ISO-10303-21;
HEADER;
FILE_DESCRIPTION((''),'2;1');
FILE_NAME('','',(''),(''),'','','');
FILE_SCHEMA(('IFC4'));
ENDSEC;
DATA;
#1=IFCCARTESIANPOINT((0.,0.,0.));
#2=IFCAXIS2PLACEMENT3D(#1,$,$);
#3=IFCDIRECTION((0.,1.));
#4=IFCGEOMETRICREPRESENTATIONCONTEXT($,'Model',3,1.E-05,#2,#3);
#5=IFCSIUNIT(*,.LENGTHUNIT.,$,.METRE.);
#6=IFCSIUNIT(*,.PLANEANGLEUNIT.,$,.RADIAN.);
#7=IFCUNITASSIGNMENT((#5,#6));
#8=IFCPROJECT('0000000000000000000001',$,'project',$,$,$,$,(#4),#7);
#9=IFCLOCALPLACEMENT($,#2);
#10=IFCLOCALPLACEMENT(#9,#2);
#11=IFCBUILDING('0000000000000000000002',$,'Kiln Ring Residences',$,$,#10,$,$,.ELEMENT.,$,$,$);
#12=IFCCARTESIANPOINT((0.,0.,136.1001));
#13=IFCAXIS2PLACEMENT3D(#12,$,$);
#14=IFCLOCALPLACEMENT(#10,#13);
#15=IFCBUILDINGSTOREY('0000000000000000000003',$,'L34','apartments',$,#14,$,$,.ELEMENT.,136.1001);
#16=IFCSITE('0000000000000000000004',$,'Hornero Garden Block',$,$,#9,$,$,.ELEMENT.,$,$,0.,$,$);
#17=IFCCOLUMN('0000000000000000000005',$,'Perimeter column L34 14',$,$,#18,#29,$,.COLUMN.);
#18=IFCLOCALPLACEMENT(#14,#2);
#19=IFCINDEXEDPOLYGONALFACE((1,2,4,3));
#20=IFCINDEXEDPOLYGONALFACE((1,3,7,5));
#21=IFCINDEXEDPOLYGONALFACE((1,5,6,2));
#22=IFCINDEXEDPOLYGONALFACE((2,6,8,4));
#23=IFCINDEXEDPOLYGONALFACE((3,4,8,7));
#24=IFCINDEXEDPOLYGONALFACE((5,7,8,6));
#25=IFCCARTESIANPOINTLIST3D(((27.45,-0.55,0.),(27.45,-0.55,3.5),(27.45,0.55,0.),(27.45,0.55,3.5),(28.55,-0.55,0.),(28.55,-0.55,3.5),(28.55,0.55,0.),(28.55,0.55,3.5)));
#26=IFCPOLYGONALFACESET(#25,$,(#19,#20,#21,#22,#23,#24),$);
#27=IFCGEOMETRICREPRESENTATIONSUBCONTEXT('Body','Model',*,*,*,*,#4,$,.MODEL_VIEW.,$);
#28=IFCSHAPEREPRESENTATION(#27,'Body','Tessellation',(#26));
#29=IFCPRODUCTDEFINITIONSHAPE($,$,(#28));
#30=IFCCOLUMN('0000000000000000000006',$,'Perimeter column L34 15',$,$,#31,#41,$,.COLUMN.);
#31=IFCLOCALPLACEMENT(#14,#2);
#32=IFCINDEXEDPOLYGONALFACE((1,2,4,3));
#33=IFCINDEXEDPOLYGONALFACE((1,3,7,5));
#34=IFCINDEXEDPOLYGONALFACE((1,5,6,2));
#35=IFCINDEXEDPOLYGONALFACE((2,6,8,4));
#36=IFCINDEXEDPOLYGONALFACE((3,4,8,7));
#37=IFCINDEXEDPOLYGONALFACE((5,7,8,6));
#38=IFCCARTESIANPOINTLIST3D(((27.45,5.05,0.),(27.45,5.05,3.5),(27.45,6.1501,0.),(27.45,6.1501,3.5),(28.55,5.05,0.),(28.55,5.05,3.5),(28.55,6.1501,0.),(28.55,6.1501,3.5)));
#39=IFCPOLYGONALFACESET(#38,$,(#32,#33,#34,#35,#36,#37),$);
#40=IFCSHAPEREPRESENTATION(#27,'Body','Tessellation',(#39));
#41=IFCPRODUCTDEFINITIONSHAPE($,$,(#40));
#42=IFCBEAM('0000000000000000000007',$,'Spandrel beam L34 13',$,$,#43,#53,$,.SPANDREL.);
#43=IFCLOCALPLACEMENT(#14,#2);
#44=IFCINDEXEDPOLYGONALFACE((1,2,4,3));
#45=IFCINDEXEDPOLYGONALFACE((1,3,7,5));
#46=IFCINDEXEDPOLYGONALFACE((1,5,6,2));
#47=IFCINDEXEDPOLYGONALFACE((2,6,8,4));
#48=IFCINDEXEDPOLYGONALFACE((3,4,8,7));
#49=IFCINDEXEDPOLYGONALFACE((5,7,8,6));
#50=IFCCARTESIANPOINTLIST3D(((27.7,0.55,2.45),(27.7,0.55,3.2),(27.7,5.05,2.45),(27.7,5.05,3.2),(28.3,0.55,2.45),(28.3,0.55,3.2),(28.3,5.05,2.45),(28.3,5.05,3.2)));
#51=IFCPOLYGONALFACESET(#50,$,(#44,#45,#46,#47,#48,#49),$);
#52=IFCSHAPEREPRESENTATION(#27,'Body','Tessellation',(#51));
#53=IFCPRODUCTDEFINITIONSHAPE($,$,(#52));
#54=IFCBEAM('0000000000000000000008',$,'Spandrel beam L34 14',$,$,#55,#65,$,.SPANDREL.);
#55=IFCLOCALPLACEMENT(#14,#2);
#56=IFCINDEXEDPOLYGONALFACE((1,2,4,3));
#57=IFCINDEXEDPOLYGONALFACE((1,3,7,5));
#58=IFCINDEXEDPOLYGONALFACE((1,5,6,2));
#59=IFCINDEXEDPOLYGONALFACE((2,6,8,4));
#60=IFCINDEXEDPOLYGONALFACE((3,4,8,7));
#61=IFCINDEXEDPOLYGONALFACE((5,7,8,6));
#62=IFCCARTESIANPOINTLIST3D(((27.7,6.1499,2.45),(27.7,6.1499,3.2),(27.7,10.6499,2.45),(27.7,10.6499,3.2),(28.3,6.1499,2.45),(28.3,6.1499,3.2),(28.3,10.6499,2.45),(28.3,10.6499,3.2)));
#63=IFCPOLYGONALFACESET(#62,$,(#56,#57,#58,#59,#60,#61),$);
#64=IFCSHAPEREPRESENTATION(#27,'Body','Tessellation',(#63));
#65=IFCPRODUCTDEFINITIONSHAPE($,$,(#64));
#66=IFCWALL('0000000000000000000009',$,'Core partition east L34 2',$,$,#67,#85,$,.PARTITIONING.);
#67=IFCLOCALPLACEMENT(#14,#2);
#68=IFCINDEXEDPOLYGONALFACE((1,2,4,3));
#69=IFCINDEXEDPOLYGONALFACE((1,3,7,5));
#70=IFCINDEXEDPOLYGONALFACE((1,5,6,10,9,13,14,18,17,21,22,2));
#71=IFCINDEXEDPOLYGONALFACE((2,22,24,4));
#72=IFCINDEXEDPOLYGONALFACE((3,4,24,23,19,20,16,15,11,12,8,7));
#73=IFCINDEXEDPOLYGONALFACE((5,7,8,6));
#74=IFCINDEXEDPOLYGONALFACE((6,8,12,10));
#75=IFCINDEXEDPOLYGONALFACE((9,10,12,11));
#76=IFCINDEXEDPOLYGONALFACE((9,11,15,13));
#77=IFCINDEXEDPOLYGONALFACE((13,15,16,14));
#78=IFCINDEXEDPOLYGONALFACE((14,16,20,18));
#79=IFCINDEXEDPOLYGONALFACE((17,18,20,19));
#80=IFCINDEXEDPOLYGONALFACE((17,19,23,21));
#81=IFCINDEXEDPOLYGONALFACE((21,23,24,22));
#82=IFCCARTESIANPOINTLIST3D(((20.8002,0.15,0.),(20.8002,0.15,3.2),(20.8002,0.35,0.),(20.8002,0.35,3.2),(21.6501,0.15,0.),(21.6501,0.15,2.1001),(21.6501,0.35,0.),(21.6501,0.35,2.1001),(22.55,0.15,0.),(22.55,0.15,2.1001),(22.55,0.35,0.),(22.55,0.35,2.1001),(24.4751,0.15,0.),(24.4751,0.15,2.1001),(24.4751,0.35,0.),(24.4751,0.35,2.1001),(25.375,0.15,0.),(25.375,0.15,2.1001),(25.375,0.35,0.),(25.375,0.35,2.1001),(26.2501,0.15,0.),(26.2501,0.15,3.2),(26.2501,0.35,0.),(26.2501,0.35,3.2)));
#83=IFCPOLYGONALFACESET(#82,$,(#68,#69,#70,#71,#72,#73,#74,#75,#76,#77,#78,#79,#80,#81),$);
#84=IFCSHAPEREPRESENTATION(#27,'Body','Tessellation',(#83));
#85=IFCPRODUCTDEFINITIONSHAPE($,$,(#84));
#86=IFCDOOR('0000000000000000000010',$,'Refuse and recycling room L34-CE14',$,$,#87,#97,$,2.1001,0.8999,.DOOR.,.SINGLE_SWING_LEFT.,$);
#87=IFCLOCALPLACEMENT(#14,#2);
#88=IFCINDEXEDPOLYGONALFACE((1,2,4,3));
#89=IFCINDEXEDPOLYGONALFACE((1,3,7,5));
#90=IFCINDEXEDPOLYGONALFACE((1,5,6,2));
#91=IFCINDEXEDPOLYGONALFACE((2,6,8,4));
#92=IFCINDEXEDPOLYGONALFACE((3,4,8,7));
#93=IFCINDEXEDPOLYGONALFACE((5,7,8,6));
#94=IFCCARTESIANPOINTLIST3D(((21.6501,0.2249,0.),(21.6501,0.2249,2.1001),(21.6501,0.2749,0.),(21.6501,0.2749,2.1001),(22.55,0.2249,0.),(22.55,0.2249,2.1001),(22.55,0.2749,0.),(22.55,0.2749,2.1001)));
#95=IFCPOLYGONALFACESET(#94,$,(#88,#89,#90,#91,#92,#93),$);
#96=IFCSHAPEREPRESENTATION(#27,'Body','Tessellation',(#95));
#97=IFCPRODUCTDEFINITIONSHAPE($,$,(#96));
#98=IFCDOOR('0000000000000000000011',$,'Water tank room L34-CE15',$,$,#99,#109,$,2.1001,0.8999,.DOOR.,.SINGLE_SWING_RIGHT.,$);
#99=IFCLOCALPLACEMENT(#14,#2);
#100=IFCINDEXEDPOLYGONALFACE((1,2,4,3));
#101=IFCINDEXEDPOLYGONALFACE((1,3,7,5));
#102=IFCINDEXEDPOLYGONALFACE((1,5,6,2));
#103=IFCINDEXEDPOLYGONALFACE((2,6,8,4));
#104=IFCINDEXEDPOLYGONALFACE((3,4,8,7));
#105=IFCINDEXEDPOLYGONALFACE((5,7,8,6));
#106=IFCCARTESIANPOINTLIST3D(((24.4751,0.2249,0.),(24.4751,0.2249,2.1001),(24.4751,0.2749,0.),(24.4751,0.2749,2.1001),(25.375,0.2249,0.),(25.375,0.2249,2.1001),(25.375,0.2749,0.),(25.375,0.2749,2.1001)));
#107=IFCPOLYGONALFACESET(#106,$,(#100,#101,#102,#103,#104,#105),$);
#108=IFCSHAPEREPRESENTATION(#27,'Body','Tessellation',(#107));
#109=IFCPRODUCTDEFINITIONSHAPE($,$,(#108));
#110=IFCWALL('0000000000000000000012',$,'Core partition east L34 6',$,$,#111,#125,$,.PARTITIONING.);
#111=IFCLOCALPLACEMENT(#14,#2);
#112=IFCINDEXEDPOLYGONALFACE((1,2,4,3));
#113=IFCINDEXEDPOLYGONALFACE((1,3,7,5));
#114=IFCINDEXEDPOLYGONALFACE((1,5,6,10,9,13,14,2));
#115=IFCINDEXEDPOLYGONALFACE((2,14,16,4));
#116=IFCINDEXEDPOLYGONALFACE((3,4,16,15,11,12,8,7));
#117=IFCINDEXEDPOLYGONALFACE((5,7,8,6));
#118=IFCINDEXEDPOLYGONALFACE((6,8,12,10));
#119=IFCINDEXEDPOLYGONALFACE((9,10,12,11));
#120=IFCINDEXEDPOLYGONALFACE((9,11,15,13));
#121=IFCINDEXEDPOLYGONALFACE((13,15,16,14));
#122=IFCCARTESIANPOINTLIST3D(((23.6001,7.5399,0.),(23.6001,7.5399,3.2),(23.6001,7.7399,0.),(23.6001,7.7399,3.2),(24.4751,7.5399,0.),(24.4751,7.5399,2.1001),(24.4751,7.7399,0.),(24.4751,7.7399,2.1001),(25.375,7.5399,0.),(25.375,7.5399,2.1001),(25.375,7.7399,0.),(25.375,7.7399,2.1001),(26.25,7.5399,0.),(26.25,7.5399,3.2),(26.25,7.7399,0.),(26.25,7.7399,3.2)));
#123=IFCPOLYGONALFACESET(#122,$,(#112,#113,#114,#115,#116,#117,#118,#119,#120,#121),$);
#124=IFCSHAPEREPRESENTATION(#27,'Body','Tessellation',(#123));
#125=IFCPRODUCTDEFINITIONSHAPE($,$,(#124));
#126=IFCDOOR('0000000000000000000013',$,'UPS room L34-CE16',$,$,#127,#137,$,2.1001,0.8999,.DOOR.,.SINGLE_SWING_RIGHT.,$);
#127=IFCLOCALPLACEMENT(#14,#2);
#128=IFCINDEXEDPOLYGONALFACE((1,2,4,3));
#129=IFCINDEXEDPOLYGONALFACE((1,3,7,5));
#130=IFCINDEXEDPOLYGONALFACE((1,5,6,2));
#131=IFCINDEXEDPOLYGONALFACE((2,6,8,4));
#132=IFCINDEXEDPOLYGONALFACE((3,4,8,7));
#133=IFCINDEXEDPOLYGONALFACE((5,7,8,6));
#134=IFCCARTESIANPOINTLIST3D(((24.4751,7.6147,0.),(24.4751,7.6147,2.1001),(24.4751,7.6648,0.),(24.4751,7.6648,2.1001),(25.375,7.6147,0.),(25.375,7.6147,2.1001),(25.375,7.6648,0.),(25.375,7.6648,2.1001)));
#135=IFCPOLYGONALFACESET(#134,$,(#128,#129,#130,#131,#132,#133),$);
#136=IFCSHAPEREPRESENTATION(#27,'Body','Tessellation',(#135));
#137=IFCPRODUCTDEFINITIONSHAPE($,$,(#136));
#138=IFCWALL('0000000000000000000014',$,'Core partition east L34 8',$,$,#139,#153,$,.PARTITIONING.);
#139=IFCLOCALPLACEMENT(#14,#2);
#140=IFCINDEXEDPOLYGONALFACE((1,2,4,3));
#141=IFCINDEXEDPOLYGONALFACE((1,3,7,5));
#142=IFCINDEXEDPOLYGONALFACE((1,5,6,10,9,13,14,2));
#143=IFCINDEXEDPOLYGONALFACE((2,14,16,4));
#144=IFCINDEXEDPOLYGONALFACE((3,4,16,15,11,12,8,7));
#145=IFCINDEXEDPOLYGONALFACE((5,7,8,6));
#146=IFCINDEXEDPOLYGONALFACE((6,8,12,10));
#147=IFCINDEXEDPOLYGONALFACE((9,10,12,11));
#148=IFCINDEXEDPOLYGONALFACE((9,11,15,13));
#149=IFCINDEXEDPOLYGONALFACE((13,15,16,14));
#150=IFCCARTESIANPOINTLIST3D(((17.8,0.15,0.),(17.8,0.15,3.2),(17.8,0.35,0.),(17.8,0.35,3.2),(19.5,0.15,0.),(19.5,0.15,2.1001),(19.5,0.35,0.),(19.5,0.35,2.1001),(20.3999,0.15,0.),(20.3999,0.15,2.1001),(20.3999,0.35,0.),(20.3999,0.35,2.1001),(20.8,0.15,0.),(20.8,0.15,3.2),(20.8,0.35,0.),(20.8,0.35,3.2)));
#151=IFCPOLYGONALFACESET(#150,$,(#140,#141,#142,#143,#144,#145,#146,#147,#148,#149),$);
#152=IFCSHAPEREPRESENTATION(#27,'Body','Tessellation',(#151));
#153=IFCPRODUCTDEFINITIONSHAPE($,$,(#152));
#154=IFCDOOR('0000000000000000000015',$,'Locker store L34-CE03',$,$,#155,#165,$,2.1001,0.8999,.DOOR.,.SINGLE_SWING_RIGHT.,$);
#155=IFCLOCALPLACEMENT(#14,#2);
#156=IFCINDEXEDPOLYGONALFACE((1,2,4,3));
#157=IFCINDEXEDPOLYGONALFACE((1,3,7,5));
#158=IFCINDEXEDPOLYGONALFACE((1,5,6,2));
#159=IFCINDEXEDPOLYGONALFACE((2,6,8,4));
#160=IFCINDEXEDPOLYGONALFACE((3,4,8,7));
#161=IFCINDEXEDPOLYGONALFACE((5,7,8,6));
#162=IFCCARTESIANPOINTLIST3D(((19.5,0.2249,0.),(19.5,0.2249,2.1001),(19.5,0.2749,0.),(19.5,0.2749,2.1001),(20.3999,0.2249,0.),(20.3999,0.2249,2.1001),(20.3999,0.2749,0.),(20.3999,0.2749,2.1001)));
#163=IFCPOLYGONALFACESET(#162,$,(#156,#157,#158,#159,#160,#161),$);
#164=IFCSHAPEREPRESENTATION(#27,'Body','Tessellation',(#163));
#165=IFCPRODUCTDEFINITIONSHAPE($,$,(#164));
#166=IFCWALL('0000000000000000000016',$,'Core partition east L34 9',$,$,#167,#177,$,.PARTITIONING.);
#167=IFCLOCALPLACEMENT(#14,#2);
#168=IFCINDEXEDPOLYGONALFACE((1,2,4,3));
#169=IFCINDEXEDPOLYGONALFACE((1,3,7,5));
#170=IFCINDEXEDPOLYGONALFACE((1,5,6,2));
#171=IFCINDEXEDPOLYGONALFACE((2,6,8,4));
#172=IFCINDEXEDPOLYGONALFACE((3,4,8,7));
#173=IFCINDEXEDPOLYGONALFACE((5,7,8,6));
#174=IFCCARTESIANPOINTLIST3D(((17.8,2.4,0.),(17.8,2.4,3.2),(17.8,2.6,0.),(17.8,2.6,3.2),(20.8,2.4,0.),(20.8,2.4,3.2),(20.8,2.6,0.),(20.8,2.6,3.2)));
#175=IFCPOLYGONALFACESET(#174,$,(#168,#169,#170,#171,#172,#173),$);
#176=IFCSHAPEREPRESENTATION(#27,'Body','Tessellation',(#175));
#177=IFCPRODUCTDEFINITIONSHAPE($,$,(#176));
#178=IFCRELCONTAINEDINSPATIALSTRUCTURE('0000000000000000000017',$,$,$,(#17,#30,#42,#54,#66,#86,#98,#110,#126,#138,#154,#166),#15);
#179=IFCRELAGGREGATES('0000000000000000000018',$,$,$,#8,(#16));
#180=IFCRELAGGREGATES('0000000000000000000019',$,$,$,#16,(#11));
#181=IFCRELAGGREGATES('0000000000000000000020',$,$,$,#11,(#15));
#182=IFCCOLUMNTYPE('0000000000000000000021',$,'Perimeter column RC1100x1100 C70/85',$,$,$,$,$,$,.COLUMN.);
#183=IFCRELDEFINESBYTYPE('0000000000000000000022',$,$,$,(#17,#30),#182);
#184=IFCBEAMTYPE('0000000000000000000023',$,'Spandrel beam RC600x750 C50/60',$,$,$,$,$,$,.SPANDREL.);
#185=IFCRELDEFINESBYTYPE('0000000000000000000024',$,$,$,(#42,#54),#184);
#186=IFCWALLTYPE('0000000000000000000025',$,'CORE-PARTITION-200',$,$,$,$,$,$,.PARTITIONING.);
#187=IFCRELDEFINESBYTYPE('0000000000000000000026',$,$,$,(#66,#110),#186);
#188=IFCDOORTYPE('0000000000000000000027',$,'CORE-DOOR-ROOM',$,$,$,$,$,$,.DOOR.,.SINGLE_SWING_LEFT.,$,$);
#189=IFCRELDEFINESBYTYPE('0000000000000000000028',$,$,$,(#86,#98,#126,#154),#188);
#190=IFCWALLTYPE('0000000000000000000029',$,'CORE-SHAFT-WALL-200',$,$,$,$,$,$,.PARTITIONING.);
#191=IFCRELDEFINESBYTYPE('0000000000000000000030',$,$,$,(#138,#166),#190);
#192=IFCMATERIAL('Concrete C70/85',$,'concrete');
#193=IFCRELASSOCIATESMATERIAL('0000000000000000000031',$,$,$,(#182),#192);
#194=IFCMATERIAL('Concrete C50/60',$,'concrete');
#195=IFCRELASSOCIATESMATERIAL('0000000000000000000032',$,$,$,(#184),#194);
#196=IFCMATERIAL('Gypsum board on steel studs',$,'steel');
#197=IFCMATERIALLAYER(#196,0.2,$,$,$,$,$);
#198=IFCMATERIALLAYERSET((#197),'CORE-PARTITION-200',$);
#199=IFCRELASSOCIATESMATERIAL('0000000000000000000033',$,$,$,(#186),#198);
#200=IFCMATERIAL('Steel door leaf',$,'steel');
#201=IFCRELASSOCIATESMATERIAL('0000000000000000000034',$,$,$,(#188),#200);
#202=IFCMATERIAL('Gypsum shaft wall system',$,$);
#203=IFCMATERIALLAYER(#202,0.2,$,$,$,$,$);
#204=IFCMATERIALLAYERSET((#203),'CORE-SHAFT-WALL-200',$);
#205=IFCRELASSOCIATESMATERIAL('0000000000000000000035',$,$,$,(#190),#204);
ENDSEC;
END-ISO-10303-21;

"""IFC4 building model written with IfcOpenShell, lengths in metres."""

from ifc_helpers import new_model, si_unit, direction, frame, frame_2d, origin, origin_2d, place, context, subcontext, project, spatial, rectangle, extrude, material, layer, layer_set, material_profile, profile_set, type_object, element, fill, save


model = new_model("IFC4")

# Units and contexts
model_context = context("Model", 3, precision=1e-05, world=origin(), true_north=direction((0.0, 1.0)))
body_context = subcontext(model_context, "Body", "Model", "MODEL_VIEW")
ifc_project = project(units=[si_unit("LENGTHUNIT", "METRE"), si_unit("PLANEANGLEUNIT", "RADIAN")], contexts=[model_context])

# Site, building, storey
site_placement = place(None, origin())
site = spatial("IfcSite", under=ifc_project, at=site_placement, Name="Hornero Garden Block", CompositionType="ELEMENT", RefElevation=0.0)
building_placement = place(site_placement, origin())
building = spatial("IfcBuilding", under=site, at=building_placement, Name="Kiln Ring Residences", CompositionType="ELEMENT")
storey_placement = place(building_placement, frame((0.0, 0.0, 136.1001)))
storey = spatial("IfcBuildingStorey", under=building, at=storey_placement, Name="L34", Description="apartments", CompositionType="ELEMENT", Elevation=136.1001)

# Columns
ifc_material_1 = material(Name="Concrete C70/85", Category="concrete")
ifc_material_profile_1 = material_profile(ifc_material_1, rectangle(XDim=1.1001, YDim=1.1001, at=origin_2d()), Name="RC1100x1100")
ifc_profile_set_1 = profile_set([ifc_material_profile_1], Name="Concrete C70/85")
column_type = type_object("IfcColumnType", Name="Perimeter column RC1100x1100 C70/85", PredefinedType="COLUMN", material=ifc_profile_set_1)
for number, where, z_axis, x_axis, name in (
    (1, (28.0, 0.0, 0.0), (0.0, 0.0, 1.0), (1.0, 0.0, 0.0), "Perimeter column L34 14"),
    (2, (28.0, 5.6001, 0.0), (0.0, 0.0, 1.0), (1.0, 0.0, 0.0), "Perimeter column L34 15"),
):
    element("IfcColumn", number, at=place(storey_placement, frame(where, z_axis=z_axis, x_axis=x_axis)), inside=storey, type_object=column_type, Name=name, PredefinedType="COLUMN", context=body_context, shape_type="SweptSolid", body=[
        extrude(rectangle(XDim=1.1001, YDim=1.1001, at=origin_2d()), origin(), (0.0, 0.0, 1.0), 3.5),
    ])

# Beams
ifc_material_2 = material(Name="Concrete C50/60", Category="concrete")
ifc_material_profile_2 = material_profile(ifc_material_2, rectangle(XDim=0.6001, YDim=0.75, at=origin_2d()), Name="RC600x750")
ifc_profile_set_2 = profile_set([ifc_material_profile_2], Name="Concrete C50/60")
beam_type = type_object("IfcBeamType", Name="Spandrel beam RC600x750 C50/60", PredefinedType="SPANDREL", material=ifc_profile_set_2)
for number, where, z_axis, x_axis, name in (
    (3, (28.0, 0.55, 2.825), (0.0, 1.0, 0.0), (-1.0, 0.0, 0.0), "Spandrel beam L34 13"),
    (4, (28.0, 6.1499, 2.825), (0.0, 1.0, 0.0), (-1.0, 0.0, 0.0), "Spandrel beam L34 14"),
):
    element("IfcBeam", number, at=place(storey_placement, frame(where, z_axis=z_axis, x_axis=x_axis)), inside=storey, type_object=beam_type, Name=name, PredefinedType="SPANDREL", context=body_context, shape_type="SweptSolid", body=[
        extrude(rectangle(XDim=0.6001, YDim=0.75, at=origin_2d()), origin(), (0.0, 0.0, 1.0), 4.5),
    ])

# Wall, openings, doors
ifc_material_3 = material(Name="Gypsum board on steel studs", Category="steel")
ifc_layer_1 = layer(ifc_material_3, 0.2)
ifc_layer_set_1 = layer_set([ifc_layer_1], Name="CORE-PARTITION-200")
wall_type_1 = type_object("IfcWallType", Name="CORE-PARTITION-200", PredefinedType="PARTITIONING", material=ifc_layer_set_1)
wall_1_placement = place(storey_placement, frame((20.8, 0.25, 0.0), z_axis=(0.0, 0.0, 1.0), x_axis=(1.0, 0.0, 0.0)))
wall_1 = element("IfcWall", 5, at=wall_1_placement, inside=storey, type_object=wall_type_1, Name="Core partition east L34 2", PredefinedType="PARTITIONING", context=body_context, shape_type="SweptSolid", body=[
    extrude(rectangle(XDim=5.45, YDim=0.2, at=frame_2d((2.7251, 0.0))), origin(), (0.0, 0.0, 1.0), 3.2),
])
opening_1_placement = place(wall_1_placement, frame((0.8501, 0.0, 0.0)))
opening_1 = element("IfcOpeningElement", 6, at=opening_1_placement, cuts=wall_1, PredefinedType="OPENING", context=body_context, shape_type="SweptSolid", body=[
    extrude(rectangle(XDim=0.8999, YDim=2.1001, at=frame_2d((0.45, 1.05))), frame((0.0, 0.1099, 0.0), z_axis=(0.0, -1.0, 0.0), x_axis=(1.0, 0.0, 0.0)), (0.0, 0.0, 1.0), 0.22),
])
opening_2_placement = place(wall_1_placement, frame((3.675, 0.0, 0.0)))
opening_2 = element("IfcOpeningElement", 7, at=opening_2_placement, cuts=wall_1, PredefinedType="OPENING", context=body_context, shape_type="SweptSolid", body=[
    extrude(rectangle(XDim=0.8999, YDim=2.1001, at=frame_2d((0.45, 1.05))), frame((0.0, 0.1099, 0.0), z_axis=(0.0, -1.0, 0.0), x_axis=(1.0, 0.0, 0.0)), (0.0, 0.0, 1.0), 0.22),
])
ifc_material_4 = material(Name="Steel door leaf", Category="steel")
door_type = type_object("IfcDoorType", Name="CORE-DOOR-ROOM", OperationType="SINGLE_SWING_LEFT", PredefinedType="DOOR", material=ifc_material_4)
door_1_placement = place(opening_1_placement, origin())
door_1 = element("IfcDoor", 8, at=door_1_placement, inside=storey, type_object=door_type, Name="Refuse and recycling room L34-CE14", OperationType="SINGLE_SWING_LEFT", OverallHeight=2.1001, OverallWidth=0.8999, PredefinedType="DOOR", context=body_context, shape_type="SweptSolid", body=[
    extrude(rectangle(XDim=0.8999, YDim=2.1001, at=frame_2d((0.45, 1.05))), frame((0.0, 0.0249, 0.0), z_axis=(0.0, -1.0, 0.0), x_axis=(1.0, 0.0, 0.0)), (0.0, 0.0, 1.0), 0.05),
])
fill(opening_1, door_1)
door_2_placement = place(opening_2_placement, origin())
door_2 = element("IfcDoor", 9, at=door_2_placement, inside=storey, type_object=door_type, Name="Water tank room L34-CE15", OperationType="SINGLE_SWING_RIGHT", OverallHeight=2.1001, OverallWidth=0.8999, PredefinedType="DOOR", context=body_context, shape_type="SweptSolid", body=[
    extrude(rectangle(XDim=0.8999, YDim=2.1001, at=frame_2d((0.45, 1.05))), frame((0.0, 0.0249, 0.0), z_axis=(0.0, -1.0, 0.0), x_axis=(1.0, 0.0, 0.0)), (0.0, 0.0, 1.0), 0.05),
])
fill(opening_2, door_2)

# Walls, openings, doors
wall_2_placement = place(storey_placement, frame((23.6001, 7.6399, 0.0), z_axis=(0.0, 0.0, 1.0), x_axis=(1.0, 0.0, 0.0)))
wall_2 = element("IfcWall", 10, at=wall_2_placement, inside=storey, type_object=wall_type_1, Name="Core partition east L34 6", PredefinedType="PARTITIONING", context=body_context, shape_type="SweptSolid", body=[
    extrude(rectangle(XDim=2.6499, YDim=0.2, at=frame_2d((1.325, 0.0))), origin(), (0.0, 0.0, 1.0), 3.2),
])
opening_3_placement = place(wall_2_placement, frame((0.875, 0.0, 0.0)))
opening_3 = element("IfcOpeningElement", 11, at=opening_3_placement, cuts=wall_2, PredefinedType="OPENING", context=body_context, shape_type="SweptSolid", body=[
    extrude(rectangle(XDim=0.8999, YDim=2.1001, at=frame_2d((0.45, 1.05))), frame((0.0, 0.1099, 0.0), z_axis=(0.0, -1.0, 0.0), x_axis=(1.0, 0.0, 0.0)), (0.0, 0.0, 1.0), 0.22),
])
door_3_placement = place(opening_3_placement, origin())
door_3 = element("IfcDoor", 12, at=door_3_placement, inside=storey, type_object=door_type, Name="UPS room L34-CE16", OperationType="SINGLE_SWING_RIGHT", OverallHeight=2.1001, OverallWidth=0.8999, PredefinedType="DOOR", context=body_context, shape_type="SweptSolid", body=[
    extrude(rectangle(XDim=0.8999, YDim=2.1001, at=frame_2d((0.45, 1.05))), frame((0.0, 0.0249, 0.0), z_axis=(0.0, -1.0, 0.0), x_axis=(1.0, 0.0, 0.0)), (0.0, 0.0, 1.0), 0.05),
])
fill(opening_3, door_3)
ifc_material_5 = material(Name="Gypsum shaft wall system")
ifc_layer_2 = layer(ifc_material_5, 0.2)
ifc_layer_set_2 = layer_set([ifc_layer_2], Name="CORE-SHAFT-WALL-200")
wall_type_2 = type_object("IfcWallType", Name="CORE-SHAFT-WALL-200", PredefinedType="PARTITIONING", material=ifc_layer_set_2)
wall_3_placement = place(storey_placement, frame((17.8, 0.25, 0.0), z_axis=(0.0, 0.0, 1.0), x_axis=(1.0, 0.0, 0.0)))
wall_3 = element("IfcWall", 13, at=wall_3_placement, inside=storey, type_object=wall_type_2, Name="Core partition east L34 8", PredefinedType="PARTITIONING", context=body_context, shape_type="SweptSolid", body=[
    extrude(rectangle(XDim=3.0, YDim=0.2, at=frame_2d((1.5, 0.0))), origin(), (0.0, 0.0, 1.0), 3.2),
])
opening_4_placement = place(wall_3_placement, frame((1.7, 0.0, 0.0)))
opening_4 = element("IfcOpeningElement", 14, at=opening_4_placement, cuts=wall_3, PredefinedType="OPENING", context=body_context, shape_type="SweptSolid", body=[
    extrude(rectangle(XDim=0.8999, YDim=2.1001, at=frame_2d((0.45, 1.05))), frame((0.0, 0.1099, 0.0), z_axis=(0.0, -1.0, 0.0), x_axis=(1.0, 0.0, 0.0)), (0.0, 0.0, 1.0), 0.22),
])
door_4_placement = place(opening_4_placement, origin())
door_4 = element("IfcDoor", 15, at=door_4_placement, inside=storey, type_object=door_type, Name="Locker store L34-CE03", OperationType="SINGLE_SWING_RIGHT", OverallHeight=2.1001, OverallWidth=0.8999, PredefinedType="DOOR", context=body_context, shape_type="SweptSolid", body=[
    extrude(rectangle(XDim=0.8999, YDim=2.1001, at=frame_2d((0.45, 1.05))), frame((0.0, 0.0249, 0.0), z_axis=(0.0, -1.0, 0.0), x_axis=(1.0, 0.0, 0.0)), (0.0, 0.0, 1.0), 0.05),
])
fill(opening_4, door_4)

# Wall
wall_4_placement = place(storey_placement, frame((17.8, 2.5, 0.0), z_axis=(0.0, 0.0, 1.0), x_axis=(1.0, 0.0, 0.0)))
element("IfcWall", 16, at=wall_4_placement, inside=storey, type_object=wall_type_2, Name="Core partition east L34 9", PredefinedType="PARTITIONING", context=body_context, shape_type="SweptSolid", body=[
    extrude(rectangle(XDim=3.0, YDim=0.2, at=frame_2d((1.5, 0.0))), origin(), (0.0, 0.0, 1.0), 3.2),
])

save(model, "model.ifc")
